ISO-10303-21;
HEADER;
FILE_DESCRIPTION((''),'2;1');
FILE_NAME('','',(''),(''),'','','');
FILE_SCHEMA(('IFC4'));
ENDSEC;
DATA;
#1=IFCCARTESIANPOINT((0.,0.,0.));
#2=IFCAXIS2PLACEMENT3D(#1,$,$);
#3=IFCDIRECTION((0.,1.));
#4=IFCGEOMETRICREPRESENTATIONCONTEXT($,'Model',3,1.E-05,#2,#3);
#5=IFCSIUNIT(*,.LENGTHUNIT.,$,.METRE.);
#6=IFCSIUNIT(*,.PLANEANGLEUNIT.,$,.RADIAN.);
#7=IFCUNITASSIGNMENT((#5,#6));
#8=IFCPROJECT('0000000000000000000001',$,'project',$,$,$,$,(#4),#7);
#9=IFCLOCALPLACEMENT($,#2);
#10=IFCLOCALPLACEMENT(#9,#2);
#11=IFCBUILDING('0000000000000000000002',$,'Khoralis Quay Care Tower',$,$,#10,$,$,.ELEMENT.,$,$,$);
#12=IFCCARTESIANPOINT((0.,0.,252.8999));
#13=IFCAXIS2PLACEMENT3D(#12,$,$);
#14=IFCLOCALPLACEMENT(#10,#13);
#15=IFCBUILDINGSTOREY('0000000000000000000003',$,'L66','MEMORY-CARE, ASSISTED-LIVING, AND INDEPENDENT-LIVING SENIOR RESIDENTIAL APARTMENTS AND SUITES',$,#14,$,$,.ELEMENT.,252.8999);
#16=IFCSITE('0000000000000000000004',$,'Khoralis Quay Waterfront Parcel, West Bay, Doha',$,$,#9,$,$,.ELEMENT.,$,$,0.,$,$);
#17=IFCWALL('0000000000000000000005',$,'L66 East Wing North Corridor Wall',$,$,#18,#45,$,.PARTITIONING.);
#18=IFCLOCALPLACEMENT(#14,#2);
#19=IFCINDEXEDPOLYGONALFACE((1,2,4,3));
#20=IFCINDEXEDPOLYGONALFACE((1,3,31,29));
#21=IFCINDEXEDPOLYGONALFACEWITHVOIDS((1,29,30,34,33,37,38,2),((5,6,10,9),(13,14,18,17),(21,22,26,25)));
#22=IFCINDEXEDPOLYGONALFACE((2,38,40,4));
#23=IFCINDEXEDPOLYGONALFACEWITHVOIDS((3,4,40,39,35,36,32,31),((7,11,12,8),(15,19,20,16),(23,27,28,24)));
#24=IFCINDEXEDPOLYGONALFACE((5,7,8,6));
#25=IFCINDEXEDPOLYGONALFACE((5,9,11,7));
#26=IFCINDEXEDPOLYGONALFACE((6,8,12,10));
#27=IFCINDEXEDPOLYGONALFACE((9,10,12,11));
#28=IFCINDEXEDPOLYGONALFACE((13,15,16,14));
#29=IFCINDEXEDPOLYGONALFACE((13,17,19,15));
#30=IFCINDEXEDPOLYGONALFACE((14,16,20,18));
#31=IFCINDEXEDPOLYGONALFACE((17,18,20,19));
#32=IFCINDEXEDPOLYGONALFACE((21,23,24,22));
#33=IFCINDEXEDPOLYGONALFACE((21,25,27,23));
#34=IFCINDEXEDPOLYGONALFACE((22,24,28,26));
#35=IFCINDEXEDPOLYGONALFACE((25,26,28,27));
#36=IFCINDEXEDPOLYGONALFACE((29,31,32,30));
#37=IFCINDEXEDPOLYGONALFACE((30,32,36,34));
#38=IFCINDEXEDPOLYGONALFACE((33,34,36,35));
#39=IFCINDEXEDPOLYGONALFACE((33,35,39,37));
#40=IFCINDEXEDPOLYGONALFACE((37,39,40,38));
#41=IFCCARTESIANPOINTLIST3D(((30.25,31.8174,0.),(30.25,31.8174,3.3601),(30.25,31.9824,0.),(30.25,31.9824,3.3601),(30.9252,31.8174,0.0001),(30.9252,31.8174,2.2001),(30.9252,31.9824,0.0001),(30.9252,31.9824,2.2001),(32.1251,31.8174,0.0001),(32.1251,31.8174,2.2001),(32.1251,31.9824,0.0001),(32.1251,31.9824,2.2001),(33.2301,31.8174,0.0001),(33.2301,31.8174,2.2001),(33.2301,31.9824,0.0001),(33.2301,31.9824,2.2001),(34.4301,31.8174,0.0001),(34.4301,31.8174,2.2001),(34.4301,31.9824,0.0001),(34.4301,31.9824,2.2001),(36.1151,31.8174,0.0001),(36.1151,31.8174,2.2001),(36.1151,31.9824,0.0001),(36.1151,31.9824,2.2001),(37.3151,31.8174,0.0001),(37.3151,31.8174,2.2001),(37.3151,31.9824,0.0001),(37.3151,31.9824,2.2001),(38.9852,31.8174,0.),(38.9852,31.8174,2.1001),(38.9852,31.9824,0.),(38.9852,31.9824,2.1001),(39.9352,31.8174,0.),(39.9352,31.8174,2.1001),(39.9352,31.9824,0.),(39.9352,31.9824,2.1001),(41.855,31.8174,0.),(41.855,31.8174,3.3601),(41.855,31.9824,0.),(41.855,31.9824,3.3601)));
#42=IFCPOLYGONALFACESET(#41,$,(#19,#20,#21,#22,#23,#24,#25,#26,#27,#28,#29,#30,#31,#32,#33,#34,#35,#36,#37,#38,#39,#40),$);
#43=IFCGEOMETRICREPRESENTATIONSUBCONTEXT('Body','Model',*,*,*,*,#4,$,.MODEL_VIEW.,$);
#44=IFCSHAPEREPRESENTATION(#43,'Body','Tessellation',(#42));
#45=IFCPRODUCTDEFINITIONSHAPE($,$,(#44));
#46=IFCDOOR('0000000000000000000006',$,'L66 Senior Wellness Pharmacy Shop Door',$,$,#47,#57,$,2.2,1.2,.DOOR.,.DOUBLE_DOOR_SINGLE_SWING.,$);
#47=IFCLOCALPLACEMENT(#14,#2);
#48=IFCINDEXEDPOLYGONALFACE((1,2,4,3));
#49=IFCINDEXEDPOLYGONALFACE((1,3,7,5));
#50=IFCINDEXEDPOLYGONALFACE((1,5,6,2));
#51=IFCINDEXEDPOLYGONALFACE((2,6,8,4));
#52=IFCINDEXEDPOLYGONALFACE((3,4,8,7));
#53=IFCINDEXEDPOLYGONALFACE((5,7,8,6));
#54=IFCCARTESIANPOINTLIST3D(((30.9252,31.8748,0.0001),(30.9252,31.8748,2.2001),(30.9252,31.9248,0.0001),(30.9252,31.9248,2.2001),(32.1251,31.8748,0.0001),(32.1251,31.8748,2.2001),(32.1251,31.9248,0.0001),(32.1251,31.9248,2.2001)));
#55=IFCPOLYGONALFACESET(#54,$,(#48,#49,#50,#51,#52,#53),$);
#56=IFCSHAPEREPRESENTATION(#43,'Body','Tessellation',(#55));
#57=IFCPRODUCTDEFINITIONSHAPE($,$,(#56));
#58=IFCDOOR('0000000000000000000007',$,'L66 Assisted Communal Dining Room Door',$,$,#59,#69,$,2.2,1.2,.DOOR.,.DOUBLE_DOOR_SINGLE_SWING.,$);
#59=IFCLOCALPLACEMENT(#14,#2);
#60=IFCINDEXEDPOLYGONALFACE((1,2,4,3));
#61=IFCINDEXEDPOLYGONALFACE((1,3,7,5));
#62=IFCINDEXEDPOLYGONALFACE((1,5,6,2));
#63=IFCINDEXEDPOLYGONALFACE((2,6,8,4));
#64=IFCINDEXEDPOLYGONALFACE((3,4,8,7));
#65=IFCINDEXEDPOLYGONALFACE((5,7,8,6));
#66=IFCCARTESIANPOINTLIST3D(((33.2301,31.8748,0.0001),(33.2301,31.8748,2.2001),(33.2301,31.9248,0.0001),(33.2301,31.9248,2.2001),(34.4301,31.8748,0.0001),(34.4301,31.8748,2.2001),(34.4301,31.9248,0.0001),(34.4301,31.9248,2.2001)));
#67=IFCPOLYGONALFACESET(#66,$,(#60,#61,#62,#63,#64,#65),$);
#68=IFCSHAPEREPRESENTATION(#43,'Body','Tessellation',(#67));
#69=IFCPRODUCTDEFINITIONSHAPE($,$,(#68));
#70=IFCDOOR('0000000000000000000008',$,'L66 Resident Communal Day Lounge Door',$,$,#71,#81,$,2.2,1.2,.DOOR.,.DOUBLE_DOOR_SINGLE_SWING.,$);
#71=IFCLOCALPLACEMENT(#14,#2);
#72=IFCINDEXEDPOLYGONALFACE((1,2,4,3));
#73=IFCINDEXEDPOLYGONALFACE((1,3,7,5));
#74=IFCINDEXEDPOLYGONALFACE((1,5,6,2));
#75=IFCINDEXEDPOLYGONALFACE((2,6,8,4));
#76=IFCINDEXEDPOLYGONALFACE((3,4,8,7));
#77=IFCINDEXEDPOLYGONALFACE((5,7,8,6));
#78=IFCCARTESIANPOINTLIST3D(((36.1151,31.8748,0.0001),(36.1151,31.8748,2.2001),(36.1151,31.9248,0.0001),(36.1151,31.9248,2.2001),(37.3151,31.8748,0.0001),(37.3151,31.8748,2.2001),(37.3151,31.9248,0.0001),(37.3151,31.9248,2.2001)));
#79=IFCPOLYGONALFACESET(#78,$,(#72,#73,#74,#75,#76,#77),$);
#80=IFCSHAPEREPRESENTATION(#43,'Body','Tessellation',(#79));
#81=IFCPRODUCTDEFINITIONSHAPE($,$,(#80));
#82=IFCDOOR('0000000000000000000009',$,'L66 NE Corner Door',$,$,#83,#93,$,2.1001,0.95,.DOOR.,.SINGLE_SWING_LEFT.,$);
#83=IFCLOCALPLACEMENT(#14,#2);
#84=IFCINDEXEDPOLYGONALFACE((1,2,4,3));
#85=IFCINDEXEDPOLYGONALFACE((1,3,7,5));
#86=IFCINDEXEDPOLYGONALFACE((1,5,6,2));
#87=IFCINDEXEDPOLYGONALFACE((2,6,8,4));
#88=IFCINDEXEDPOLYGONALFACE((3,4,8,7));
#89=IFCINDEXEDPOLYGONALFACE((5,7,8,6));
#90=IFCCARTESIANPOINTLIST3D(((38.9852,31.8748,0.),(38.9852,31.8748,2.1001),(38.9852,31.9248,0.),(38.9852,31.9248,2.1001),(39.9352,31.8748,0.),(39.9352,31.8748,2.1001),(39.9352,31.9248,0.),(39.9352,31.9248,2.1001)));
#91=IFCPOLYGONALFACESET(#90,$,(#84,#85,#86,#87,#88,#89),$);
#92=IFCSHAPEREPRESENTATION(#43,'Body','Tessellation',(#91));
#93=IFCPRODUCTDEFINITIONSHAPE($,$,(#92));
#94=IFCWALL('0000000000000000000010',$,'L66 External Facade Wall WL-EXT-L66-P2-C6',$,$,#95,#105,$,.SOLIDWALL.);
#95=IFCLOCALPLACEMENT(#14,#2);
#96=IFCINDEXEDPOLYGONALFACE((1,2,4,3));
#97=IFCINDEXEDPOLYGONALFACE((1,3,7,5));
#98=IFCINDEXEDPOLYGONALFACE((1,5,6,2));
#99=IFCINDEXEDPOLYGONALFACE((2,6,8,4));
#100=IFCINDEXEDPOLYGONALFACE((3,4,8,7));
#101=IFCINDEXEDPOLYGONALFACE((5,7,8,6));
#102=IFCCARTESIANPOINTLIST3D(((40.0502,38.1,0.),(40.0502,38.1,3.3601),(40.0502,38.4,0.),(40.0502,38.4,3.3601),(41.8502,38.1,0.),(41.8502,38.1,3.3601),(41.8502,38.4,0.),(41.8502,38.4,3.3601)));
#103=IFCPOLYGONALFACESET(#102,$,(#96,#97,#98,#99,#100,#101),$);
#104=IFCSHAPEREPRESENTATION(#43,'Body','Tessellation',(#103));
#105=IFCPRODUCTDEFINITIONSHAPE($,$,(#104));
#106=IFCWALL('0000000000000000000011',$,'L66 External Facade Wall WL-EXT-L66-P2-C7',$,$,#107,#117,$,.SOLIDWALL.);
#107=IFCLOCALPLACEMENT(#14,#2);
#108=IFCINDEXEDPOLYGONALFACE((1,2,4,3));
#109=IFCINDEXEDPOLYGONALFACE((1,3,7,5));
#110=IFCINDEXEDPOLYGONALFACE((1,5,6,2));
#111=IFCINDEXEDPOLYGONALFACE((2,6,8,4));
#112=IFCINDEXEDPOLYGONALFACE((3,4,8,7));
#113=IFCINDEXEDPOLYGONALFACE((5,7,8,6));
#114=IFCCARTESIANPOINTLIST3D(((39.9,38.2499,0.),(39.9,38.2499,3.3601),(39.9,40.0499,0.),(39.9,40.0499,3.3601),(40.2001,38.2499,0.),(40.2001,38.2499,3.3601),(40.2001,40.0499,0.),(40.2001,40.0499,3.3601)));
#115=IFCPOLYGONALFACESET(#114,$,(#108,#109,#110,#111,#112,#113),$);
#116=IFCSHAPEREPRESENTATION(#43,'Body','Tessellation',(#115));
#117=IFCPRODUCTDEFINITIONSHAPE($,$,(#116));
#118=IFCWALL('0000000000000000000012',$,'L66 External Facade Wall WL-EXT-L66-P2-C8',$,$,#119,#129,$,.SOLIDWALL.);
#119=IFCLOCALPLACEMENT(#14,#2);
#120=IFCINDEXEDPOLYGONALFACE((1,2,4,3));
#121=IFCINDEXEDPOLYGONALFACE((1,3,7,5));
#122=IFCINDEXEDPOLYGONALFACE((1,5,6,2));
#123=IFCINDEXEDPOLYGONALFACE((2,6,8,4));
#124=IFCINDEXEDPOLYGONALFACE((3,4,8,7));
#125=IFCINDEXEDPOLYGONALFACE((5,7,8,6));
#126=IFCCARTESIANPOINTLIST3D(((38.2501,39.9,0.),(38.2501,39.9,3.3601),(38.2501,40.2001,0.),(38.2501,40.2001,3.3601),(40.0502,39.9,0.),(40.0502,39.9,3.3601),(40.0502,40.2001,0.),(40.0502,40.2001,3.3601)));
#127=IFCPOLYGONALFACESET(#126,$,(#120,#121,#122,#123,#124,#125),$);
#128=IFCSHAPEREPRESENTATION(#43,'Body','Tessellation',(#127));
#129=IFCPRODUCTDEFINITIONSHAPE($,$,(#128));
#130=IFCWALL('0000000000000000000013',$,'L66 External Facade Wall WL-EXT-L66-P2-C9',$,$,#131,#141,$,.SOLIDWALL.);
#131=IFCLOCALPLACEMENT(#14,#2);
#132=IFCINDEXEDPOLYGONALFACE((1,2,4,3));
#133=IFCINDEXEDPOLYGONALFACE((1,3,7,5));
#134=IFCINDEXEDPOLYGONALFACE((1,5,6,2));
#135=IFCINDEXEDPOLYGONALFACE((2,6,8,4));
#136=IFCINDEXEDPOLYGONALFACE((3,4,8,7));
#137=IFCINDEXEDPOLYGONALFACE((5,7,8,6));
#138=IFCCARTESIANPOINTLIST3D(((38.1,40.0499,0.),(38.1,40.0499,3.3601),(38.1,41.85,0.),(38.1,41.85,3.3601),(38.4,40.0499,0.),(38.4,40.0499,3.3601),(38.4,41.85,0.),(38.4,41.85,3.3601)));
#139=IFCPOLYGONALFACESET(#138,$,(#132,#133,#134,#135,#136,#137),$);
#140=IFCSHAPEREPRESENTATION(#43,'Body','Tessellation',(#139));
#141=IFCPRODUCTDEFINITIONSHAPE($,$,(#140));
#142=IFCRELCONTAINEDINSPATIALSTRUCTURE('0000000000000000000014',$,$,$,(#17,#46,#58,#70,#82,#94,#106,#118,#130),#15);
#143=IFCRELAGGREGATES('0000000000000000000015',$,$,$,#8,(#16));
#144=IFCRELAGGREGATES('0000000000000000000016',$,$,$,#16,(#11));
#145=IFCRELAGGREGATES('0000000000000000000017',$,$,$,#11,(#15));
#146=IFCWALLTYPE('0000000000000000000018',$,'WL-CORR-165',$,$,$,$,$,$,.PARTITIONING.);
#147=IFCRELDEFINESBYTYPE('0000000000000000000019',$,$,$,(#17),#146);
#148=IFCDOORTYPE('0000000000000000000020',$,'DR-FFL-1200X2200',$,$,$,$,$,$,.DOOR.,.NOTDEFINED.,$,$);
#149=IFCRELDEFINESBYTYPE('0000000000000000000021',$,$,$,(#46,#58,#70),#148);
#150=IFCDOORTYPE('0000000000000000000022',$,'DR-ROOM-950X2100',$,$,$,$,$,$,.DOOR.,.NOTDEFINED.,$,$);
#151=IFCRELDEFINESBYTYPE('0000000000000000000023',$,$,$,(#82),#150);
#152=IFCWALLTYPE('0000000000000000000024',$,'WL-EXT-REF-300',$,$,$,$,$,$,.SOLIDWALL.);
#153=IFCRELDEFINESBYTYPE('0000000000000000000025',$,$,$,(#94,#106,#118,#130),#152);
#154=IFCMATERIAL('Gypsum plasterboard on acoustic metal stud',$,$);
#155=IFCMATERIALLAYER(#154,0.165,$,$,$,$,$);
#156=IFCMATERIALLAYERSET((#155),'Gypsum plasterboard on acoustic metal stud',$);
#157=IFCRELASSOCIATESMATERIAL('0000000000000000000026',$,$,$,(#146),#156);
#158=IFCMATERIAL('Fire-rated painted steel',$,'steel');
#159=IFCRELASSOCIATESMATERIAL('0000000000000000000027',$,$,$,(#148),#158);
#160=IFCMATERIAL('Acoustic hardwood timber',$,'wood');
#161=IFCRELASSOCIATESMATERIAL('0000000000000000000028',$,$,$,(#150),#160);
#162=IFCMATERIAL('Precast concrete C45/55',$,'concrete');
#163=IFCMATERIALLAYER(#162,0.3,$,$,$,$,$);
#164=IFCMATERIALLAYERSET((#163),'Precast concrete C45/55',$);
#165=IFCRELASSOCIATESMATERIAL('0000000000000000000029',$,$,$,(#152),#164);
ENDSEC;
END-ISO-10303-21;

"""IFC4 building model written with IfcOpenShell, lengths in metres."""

from ifc_helpers import new_model, si_unit, direction, frame, frame_2d, origin, place, context, subcontext, project, spatial, rectangle, extrude, source, transform, mapped, material, layer, layer_set, type_object, element, fill, save


model = new_model("IFC4")

# Units and contexts
model_context = context("Model", 3, precision=1e-05, world=origin(), true_north=direction((0.0, 1.0)))
body_context = subcontext(model_context, "Body", "Model", "MODEL_VIEW")
ifc_project = project(units=[si_unit("LENGTHUNIT", "METRE"), si_unit("PLANEANGLEUNIT", "RADIAN")], contexts=[model_context])

# Site, building, storey
site_placement = place(None, origin())
site = spatial("IfcSite", under=ifc_project, at=site_placement, Name="Khoralis Quay Waterfront Parcel, West Bay, Doha", CompositionType="ELEMENT", RefElevation=0.0)
building_placement = place(site_placement, origin())
building = spatial("IfcBuilding", under=site, at=building_placement, Name="Khoralis Quay Care Tower", CompositionType="ELEMENT")
storey_placement = place(building_placement, frame((0.0, 0.0, 252.8999)))
storey = spatial("IfcBuildingStorey", under=building, at=storey_placement, Name="L66", Description="MEMORY-CARE, ASSISTED-LIVING, AND INDEPENDENT-LIVING SENIOR RESIDENTIAL APARTMENTS AND SUITES", CompositionType="ELEMENT", Elevation=252.8999)

# Shared definitions
ifc_material_1 = material(Name="Gypsum plasterboard on acoustic metal stud")
ifc_layer_1 = layer(ifc_material_1, 0.165)
ifc_layer_set_1 = layer_set([ifc_layer_1], Name="Gypsum plasterboard on acoustic metal stud")
wall_type_1 = type_object("IfcWallType", Name="WL-CORR-165", PredefinedType="PARTITIONING", material=ifc_layer_set_1)
ifc_material_2 = material(Name="Fire-rated painted steel", Category="steel")
door_type_1 = type_object("IfcDoorType", Name="DR-FFL-1200X2200", OperationType="NOTDEFINED", PredefinedType="DOOR", material=ifc_material_2)
shared_shape_1 = source(origin(), body_context, "Body", "SweptSolid", [
    extrude(rectangle(XDim=1.2, YDim=2.2, at=frame_2d((0.6001, 1.1001))), frame((0.0, 0.0249, 0.0), z_axis=(0.0, -1.0, 0.0), x_axis=(1.0, 0.0, 0.0)), (0.0, 0.0, 1.0), 0.05),
])

# Wall, openings, doors
wall_1_placement = place(storey_placement, frame((30.25, 31.8999, 0.0), z_axis=(0.0, 0.0, 1.0), x_axis=(1.0, 0.0, 0.0)))
wall_1 = element("IfcWall", 1, at=wall_1_placement, inside=storey, type_object=wall_type_1, Name="L66 East Wing North Corridor Wall", PredefinedType="PARTITIONING", context=body_context, shape_type="SweptSolid", body=[
    extrude(rectangle(XDim=11.605, YDim=0.165, at=frame_2d((5.8025, 0.0))), origin(), (0.0, 0.0, 1.0), 3.3601),
])
opening_1_placement = place(wall_1_placement, frame((0.675, 0.0, 0.0)))
opening_1 = element("IfcOpeningElement", 2, at=opening_1_placement, cuts=wall_1, PredefinedType="OPENING", context=body_context, shape_type="SweptSolid", body=[
    extrude(rectangle(XDim=1.2, YDim=2.2, at=frame_2d((0.6001, 1.1001))), frame((0.0, 0.0925, 0.0), z_axis=(0.0, -1.0, 0.0), x_axis=(1.0, 0.0, 0.0)), (0.0, 0.0, 1.0), 0.1851),
])
opening_2_placement = place(wall_1_placement, frame((2.98, 0.0, 0.0)))
opening_2 = element("IfcOpeningElement", 3, at=opening_2_placement, cuts=wall_1, PredefinedType="OPENING", context=body_context, shape_type="SweptSolid", body=[
    extrude(rectangle(XDim=1.2, YDim=2.2, at=frame_2d((0.6001, 1.1001))), frame((0.0, 0.0925, 0.0), z_axis=(0.0, -1.0, 0.0), x_axis=(1.0, 0.0, 0.0)), (0.0, 0.0, 1.0), 0.1851),
])
opening_3_placement = place(wall_1_placement, frame((5.865, 0.0, 0.0)))
opening_3 = element("IfcOpeningElement", 4, at=opening_3_placement, cuts=wall_1, PredefinedType="OPENING", context=body_context, shape_type="SweptSolid", body=[
    extrude(rectangle(XDim=1.2, YDim=2.2, at=frame_2d((0.6001, 1.1001))), frame((0.0, 0.0925, 0.0), z_axis=(0.0, -1.0, 0.0), x_axis=(1.0, 0.0, 0.0)), (0.0, 0.0, 1.0), 0.1851),
])
opening_4_placement = place(wall_1_placement, frame((8.7351, 0.0, 0.0)))
opening_4 = element("IfcOpeningElement", 5, at=opening_4_placement, cuts=wall_1, PredefinedType="OPENING", context=body_context, shape_type="SweptSolid", body=[
    extrude(rectangle(XDim=0.95, YDim=2.1001, at=frame_2d((0.4751, 1.05))), frame((0.0, 0.0925, 0.0), z_axis=(0.0, -1.0, 0.0), x_axis=(1.0, 0.0, 0.0)), (0.0, 0.0, 1.0), 0.1851),
])
door_1_placement = place(opening_1_placement, origin())
door_1 = element("IfcDoor", 6, at=door_1_placement, inside=storey, type_object=door_type_1, Name="L66 Senior Wellness Pharmacy Shop Door", OperationType="DOUBLE_DOOR_SINGLE_SWING", OverallHeight=2.2, OverallWidth=1.2, PredefinedType="DOOR", context=body_context, shape_type="MappedRepresentation", body=[
    mapped(shared_shape_1, transform((0.0, 0.0, 0.0), scale=1.0)),
])
fill(opening_1, door_1)
door_2_placement = place(opening_2_placement, origin())
door_2 = element("IfcDoor", 7, at=door_2_placement, inside=storey, type_object=door_type_1, Name="L66 Assisted Communal Dining Room Door", OperationType="DOUBLE_DOOR_SINGLE_SWING", OverallHeight=2.2, OverallWidth=1.2, PredefinedType="DOOR", context=body_context, shape_type="MappedRepresentation", body=[
    mapped(shared_shape_1, transform((0.0, 0.0, 0.0), scale=1.0)),
])
fill(opening_2, door_2)
door_3_placement = place(opening_3_placement, origin())
door_3 = element("IfcDoor", 8, at=door_3_placement, inside=storey, type_object=door_type_1, Name="L66 Resident Communal Day Lounge Door", OperationType="DOUBLE_DOOR_SINGLE_SWING", OverallHeight=2.2, OverallWidth=1.2, PredefinedType="DOOR", context=body_context, shape_type="MappedRepresentation", body=[
    mapped(shared_shape_1, transform((0.0, 0.0, 0.0), scale=1.0)),
])
fill(opening_3, door_3)
ifc_material_3 = material(Name="Acoustic hardwood timber", Category="wood")
door_type_2 = type_object("IfcDoorType", Name="DR-ROOM-950X2100", OperationType="NOTDEFINED", PredefinedType="DOOR", material=ifc_material_3)
shared_shape_2 = source(origin(), body_context, "Body", "SweptSolid", [
    extrude(rectangle(XDim=0.95, YDim=2.1001, at=frame_2d((0.4751, 1.05))), frame((0.0, 0.0249, 0.0), z_axis=(0.0, -1.0, 0.0), x_axis=(1.0, 0.0, 0.0)), (0.0, 0.0, 1.0), 0.05),
])
door_4_placement = place(opening_4_placement, origin())
door_4 = element("IfcDoor", 9, at=door_4_placement, inside=storey, type_object=door_type_2, Name="L66 NE Corner Door", OperationType="SINGLE_SWING_LEFT", OverallHeight=2.1001, OverallWidth=0.95, PredefinedType="DOOR", context=body_context, shape_type="MappedRepresentation", body=[
    mapped(shared_shape_2, transform((0.0, 0.0, 0.0), scale=1.0)),
])
fill(opening_4, door_4)

# Walls
ifc_material_4 = material(Name="Precast concrete C45/55", Category="concrete")
ifc_layer_2 = layer(ifc_material_4, 0.3)
ifc_layer_set_2 = layer_set([ifc_layer_2], Name="Precast concrete C45/55")
wall_type_2 = type_object("IfcWallType", Name="WL-EXT-REF-300", PredefinedType="SOLIDWALL", material=ifc_layer_set_2)
for number, where, z_axis, x_axis, name in (
    (10, (41.8501, 38.25, 0.0), (0.0, 0.0, 1.0), (-1.0, 0.0, 0.0), "L66 External Facade Wall WL-EXT-L66-P2-C6"),
    (11, (40.05, 38.25, 0.0), (0.0, 0.0, 1.0), (0.0, 1.0, 0.0), "L66 External Facade Wall WL-EXT-L66-P2-C7"),
    (12, (40.05, 40.05, 0.0), (0.0, 0.0, 1.0), (-1.0, 0.0, 0.0), "L66 External Facade Wall WL-EXT-L66-P2-C8"),
    (13, (38.25, 40.05, 0.0), (0.0, 0.0, 1.0), (0.0, 1.0, 0.0), "L66 External Facade Wall WL-EXT-L66-P2-C9"),
):
    element("IfcWall", number, at=place(storey_placement, frame(where, z_axis=z_axis, x_axis=x_axis)), inside=storey, type_object=wall_type_2, Name=name, PredefinedType="SOLIDWALL", context=body_context, shape_type="SweptSolid", body=[
        extrude(rectangle(XDim=1.8, YDim=0.3, at=frame_2d((0.8999, 0.0))), origin(), (0.0, 0.0, 1.0), 3.3601),
    ])

save(model, "model.ifc")
